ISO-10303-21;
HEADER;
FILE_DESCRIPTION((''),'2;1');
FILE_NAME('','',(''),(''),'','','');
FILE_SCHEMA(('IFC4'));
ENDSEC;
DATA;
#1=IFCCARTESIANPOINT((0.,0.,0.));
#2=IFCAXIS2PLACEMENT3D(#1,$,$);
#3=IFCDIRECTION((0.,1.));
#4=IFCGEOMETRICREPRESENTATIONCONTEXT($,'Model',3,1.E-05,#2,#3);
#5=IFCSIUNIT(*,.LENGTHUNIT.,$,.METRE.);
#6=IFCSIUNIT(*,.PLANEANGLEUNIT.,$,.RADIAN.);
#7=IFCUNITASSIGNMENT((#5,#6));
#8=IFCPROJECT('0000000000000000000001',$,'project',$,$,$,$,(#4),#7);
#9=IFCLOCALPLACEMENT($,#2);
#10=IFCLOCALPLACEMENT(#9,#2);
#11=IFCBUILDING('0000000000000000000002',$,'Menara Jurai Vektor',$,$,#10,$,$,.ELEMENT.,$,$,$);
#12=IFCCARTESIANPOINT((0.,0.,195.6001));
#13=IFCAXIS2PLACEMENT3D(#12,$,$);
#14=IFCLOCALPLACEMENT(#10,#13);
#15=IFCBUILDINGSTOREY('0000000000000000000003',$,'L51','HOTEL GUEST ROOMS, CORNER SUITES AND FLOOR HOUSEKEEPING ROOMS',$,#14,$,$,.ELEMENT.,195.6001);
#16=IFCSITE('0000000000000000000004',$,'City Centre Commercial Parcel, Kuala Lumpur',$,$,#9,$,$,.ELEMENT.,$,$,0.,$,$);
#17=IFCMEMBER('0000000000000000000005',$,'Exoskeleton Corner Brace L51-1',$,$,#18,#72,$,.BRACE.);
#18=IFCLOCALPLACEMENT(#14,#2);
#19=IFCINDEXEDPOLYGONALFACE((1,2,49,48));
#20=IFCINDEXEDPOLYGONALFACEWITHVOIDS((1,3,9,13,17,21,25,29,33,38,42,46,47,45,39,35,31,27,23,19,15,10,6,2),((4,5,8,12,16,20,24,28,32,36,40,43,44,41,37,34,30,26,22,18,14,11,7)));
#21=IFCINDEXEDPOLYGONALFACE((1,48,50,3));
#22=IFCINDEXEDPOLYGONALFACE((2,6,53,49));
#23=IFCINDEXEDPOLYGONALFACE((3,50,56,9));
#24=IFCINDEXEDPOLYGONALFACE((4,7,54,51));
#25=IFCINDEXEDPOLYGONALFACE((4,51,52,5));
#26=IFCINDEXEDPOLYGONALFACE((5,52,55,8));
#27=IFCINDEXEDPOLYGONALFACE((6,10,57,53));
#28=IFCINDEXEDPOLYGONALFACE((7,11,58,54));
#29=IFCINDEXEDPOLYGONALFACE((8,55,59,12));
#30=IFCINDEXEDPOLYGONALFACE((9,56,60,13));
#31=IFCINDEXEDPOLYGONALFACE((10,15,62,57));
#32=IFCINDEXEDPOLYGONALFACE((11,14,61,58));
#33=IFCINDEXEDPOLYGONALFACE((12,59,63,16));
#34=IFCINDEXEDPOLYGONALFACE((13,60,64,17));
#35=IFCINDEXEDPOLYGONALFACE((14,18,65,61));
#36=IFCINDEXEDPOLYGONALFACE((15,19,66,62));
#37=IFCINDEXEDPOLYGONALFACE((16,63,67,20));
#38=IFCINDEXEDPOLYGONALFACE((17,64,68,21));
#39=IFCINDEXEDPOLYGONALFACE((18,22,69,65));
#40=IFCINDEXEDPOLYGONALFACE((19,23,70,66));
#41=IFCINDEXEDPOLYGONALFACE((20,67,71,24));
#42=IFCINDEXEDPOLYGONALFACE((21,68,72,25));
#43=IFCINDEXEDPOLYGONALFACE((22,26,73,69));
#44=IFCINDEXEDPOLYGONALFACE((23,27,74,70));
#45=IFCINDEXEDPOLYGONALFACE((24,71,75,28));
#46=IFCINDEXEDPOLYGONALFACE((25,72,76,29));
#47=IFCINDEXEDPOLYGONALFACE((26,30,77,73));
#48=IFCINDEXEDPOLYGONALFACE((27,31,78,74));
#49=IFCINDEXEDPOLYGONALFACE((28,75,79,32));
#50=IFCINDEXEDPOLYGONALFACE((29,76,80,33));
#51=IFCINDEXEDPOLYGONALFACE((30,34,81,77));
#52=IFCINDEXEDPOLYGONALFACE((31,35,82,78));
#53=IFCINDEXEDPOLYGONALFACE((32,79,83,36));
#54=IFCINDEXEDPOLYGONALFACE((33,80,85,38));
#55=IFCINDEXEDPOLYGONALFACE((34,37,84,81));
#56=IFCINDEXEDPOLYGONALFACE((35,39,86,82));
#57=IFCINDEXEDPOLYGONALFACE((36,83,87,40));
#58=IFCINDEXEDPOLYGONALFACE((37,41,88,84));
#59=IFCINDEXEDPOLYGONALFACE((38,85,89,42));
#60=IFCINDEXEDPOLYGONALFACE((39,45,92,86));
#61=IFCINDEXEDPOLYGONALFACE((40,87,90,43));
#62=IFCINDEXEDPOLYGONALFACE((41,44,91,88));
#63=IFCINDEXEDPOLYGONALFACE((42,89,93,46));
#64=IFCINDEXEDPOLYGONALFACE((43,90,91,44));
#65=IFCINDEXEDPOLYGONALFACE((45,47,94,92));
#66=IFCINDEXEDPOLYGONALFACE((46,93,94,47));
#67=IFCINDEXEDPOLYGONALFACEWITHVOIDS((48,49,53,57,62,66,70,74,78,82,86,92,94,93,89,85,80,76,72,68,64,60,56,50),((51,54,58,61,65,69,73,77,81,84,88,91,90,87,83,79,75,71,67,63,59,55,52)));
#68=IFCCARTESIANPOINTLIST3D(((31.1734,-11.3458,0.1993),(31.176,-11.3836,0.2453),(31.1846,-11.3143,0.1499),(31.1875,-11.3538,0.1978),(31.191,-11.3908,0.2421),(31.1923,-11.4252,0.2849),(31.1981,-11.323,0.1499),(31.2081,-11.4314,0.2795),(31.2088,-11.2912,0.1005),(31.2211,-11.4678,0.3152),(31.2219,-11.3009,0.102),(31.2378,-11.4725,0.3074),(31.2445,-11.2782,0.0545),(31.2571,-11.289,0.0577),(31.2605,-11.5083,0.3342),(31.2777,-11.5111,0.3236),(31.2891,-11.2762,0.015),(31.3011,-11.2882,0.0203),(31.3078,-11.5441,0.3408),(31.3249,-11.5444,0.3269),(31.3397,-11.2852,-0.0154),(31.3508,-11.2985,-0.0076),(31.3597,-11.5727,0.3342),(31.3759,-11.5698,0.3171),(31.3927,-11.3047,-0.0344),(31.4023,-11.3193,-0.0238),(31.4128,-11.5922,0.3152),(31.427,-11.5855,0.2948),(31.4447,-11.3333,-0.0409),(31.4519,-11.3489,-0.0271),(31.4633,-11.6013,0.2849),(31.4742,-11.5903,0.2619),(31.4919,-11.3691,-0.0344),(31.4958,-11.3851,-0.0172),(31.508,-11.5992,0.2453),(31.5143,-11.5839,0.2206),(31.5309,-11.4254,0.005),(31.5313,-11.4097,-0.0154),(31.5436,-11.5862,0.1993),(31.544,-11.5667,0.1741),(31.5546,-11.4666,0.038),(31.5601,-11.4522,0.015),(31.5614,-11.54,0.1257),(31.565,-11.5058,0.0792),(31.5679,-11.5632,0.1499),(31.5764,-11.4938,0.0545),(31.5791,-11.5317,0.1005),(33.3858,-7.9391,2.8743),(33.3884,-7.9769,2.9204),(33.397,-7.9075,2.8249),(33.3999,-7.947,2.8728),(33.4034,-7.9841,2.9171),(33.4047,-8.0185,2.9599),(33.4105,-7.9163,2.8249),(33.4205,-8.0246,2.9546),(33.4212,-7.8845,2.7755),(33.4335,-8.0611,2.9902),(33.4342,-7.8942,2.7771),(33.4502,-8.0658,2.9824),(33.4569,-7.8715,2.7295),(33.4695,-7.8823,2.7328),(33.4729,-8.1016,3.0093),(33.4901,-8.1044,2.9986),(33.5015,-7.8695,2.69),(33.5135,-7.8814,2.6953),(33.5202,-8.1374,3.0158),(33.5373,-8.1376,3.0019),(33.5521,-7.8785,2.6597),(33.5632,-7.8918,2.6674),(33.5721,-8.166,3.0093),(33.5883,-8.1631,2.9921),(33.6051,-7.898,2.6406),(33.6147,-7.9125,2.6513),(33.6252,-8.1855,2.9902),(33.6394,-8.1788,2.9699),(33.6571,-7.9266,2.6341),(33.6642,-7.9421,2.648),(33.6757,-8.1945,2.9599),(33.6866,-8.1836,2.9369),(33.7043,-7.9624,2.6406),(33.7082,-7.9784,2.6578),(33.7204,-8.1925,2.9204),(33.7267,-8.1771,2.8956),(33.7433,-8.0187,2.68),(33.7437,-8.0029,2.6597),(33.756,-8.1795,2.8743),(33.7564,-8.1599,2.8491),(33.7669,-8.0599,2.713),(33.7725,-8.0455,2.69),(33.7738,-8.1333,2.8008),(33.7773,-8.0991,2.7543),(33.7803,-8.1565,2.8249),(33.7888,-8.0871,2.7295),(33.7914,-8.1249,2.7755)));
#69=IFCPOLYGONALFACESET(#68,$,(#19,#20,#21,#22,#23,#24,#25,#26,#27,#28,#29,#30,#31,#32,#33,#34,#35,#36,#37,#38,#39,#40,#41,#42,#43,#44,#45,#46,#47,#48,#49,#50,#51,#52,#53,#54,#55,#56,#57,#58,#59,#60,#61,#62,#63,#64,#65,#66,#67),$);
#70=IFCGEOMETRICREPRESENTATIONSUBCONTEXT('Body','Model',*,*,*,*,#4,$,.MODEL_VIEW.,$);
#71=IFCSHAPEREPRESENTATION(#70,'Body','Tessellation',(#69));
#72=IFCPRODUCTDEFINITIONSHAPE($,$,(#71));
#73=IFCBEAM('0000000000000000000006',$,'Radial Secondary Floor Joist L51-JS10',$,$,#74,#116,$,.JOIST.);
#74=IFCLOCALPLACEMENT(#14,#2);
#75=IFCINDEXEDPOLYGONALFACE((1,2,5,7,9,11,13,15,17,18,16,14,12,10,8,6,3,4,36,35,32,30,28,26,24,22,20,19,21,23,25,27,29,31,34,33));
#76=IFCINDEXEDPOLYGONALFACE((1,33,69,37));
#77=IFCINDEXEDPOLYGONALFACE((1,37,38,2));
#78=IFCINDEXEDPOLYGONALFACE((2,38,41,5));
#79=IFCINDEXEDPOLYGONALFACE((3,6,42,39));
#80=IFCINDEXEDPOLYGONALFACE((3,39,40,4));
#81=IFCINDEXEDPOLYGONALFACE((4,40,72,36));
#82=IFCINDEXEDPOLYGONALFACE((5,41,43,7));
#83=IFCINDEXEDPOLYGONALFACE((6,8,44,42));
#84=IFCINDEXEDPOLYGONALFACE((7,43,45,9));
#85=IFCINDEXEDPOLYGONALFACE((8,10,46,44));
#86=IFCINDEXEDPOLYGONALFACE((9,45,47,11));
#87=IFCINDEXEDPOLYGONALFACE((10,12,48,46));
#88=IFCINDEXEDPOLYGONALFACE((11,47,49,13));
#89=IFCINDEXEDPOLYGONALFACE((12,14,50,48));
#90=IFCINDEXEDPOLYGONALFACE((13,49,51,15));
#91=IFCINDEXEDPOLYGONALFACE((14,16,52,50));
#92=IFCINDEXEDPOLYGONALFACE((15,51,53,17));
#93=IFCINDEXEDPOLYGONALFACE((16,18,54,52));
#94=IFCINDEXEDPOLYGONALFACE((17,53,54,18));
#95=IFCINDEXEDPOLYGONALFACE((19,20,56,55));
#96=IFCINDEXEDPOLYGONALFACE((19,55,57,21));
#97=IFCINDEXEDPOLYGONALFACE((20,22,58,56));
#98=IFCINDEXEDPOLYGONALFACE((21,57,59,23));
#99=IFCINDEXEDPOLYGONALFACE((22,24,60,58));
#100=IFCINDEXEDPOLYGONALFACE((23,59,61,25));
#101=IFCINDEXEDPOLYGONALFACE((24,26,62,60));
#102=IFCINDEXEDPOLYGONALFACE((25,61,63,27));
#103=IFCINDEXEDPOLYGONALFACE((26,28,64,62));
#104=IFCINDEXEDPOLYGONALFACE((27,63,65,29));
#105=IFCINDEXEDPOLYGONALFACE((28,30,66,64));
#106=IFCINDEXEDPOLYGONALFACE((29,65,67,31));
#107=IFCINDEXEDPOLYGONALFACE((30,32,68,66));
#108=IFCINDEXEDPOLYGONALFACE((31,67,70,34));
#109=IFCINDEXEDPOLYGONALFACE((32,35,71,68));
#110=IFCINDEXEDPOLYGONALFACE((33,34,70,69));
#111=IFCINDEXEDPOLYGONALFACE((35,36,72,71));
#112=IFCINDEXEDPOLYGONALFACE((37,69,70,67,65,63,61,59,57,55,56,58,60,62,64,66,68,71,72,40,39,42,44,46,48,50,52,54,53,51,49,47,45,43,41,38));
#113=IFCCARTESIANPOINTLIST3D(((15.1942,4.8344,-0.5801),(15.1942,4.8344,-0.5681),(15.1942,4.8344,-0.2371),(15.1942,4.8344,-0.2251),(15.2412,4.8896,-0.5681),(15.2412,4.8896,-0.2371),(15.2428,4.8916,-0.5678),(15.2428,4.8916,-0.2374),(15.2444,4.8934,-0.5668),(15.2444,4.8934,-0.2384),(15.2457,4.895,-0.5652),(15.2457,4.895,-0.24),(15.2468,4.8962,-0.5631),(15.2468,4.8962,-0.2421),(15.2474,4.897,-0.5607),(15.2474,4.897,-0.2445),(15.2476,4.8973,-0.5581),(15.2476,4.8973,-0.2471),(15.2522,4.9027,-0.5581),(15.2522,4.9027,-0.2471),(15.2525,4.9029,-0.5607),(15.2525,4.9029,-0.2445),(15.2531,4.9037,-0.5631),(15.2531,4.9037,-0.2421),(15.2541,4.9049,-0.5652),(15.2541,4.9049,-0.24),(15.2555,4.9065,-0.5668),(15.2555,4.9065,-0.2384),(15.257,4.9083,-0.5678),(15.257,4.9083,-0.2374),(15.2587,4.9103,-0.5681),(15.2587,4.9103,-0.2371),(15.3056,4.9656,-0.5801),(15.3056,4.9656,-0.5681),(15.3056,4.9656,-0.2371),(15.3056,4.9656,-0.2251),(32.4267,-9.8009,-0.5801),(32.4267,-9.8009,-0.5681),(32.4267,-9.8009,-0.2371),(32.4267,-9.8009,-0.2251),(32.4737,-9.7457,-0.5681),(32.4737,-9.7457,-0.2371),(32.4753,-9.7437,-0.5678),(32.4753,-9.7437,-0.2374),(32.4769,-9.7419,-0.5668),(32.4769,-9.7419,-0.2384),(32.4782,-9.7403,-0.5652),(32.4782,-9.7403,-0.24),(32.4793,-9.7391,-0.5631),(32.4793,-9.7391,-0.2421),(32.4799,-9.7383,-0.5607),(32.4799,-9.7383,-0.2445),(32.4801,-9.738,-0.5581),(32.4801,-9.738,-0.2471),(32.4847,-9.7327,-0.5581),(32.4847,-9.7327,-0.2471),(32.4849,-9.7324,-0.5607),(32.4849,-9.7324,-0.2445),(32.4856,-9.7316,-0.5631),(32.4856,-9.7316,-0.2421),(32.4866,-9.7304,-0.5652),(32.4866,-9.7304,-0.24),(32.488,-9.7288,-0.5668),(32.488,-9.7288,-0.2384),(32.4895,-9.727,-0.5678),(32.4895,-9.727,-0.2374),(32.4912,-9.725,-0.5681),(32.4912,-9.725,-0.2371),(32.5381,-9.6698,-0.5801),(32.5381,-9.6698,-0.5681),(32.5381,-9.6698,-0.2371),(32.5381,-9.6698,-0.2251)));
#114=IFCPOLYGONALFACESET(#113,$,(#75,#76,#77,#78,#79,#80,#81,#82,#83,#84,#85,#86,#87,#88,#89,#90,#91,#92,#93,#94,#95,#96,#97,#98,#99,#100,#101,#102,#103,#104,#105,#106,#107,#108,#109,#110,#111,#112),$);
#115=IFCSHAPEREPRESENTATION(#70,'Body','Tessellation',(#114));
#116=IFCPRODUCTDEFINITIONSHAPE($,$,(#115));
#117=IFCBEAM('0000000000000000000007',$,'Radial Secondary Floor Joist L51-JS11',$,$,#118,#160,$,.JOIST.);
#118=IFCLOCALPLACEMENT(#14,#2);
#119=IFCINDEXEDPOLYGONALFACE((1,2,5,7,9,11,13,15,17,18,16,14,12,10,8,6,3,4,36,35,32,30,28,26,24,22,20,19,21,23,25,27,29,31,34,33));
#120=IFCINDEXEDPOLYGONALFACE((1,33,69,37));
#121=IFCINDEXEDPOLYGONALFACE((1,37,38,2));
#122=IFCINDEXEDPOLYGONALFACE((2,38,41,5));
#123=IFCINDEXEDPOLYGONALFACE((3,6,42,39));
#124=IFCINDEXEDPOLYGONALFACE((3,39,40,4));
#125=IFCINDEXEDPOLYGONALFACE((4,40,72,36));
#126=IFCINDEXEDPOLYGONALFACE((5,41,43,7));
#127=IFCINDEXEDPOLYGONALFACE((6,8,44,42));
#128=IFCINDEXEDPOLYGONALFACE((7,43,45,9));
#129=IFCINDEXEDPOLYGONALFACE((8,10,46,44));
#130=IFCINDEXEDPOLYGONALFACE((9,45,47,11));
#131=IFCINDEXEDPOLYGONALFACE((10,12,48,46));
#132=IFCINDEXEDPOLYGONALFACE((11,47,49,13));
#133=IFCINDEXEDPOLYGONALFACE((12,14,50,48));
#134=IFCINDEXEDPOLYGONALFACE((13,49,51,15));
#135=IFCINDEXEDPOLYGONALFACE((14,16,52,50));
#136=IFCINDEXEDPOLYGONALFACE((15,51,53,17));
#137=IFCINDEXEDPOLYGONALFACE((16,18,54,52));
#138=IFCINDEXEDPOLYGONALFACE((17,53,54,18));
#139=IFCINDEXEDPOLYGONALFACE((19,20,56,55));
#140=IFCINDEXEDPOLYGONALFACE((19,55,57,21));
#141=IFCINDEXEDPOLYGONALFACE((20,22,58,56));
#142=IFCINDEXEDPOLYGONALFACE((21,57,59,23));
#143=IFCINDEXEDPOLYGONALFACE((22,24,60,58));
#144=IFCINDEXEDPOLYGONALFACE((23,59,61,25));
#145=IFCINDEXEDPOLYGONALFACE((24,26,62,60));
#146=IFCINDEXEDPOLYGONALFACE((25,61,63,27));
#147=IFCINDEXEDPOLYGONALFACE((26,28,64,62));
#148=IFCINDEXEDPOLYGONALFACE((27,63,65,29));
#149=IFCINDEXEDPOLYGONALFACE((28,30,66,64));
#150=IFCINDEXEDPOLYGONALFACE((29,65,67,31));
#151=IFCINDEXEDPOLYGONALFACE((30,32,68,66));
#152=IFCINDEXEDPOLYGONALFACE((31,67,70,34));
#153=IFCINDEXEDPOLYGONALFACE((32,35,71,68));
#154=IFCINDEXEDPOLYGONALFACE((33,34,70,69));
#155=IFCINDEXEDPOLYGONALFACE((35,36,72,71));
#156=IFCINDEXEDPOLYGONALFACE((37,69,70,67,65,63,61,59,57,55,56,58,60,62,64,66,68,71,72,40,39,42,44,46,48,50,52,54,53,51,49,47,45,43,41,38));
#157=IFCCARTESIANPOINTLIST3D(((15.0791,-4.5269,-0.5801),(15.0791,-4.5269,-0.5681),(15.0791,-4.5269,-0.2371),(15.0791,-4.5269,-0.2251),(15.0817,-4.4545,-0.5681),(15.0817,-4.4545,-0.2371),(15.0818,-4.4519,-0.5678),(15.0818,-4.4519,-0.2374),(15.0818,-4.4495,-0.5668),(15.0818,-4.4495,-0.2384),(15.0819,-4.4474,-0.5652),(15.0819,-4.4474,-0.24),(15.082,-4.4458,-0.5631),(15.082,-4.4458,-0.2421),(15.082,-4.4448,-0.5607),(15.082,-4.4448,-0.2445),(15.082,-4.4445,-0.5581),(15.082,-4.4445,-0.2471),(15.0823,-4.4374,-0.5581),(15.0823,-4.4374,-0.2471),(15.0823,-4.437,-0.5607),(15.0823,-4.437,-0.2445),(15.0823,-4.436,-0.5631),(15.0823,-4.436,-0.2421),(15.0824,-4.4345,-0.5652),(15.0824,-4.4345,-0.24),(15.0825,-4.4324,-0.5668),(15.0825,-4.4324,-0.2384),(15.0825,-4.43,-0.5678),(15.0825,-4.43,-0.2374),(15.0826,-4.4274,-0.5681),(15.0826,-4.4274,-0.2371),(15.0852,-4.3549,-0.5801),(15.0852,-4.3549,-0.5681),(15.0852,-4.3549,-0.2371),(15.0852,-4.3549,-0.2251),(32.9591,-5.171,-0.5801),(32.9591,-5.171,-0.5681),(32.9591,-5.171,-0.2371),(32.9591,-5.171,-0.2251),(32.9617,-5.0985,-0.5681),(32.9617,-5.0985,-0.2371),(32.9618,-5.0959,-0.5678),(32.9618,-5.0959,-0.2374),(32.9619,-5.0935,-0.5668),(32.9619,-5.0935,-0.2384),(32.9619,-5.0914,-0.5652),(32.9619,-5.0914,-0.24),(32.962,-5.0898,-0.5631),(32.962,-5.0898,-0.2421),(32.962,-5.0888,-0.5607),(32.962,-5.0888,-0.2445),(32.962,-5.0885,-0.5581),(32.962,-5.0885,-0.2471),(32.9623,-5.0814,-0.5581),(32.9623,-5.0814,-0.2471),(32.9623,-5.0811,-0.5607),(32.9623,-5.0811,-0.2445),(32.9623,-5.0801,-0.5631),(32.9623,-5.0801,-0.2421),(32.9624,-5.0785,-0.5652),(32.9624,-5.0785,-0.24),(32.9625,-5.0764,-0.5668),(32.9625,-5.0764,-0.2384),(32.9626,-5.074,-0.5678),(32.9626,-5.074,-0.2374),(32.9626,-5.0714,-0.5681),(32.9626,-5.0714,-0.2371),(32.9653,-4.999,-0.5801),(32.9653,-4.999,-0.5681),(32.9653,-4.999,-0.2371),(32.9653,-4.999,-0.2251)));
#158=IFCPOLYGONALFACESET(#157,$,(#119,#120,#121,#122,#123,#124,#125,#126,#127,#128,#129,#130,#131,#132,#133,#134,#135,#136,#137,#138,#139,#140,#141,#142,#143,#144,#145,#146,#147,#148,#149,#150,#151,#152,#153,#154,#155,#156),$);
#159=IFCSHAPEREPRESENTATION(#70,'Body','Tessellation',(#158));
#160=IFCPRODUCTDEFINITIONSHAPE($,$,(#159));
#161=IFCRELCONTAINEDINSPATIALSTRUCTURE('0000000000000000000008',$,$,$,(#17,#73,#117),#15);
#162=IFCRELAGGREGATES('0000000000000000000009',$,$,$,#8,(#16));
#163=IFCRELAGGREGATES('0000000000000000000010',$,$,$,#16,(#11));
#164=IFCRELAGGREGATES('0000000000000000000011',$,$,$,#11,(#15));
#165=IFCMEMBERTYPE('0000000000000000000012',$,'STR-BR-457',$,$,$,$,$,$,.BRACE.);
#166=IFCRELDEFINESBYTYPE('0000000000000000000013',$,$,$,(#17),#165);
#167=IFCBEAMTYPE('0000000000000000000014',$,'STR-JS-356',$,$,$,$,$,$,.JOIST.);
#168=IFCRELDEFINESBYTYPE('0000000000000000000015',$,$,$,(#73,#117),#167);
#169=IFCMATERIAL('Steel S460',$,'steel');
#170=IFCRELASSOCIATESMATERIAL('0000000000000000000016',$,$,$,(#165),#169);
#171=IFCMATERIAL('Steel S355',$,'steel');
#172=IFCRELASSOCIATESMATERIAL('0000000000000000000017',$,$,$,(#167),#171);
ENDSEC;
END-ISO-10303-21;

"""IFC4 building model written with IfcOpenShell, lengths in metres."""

from ifc_helpers import new_model, si_unit, direction, frame, origin, origin_2d, place, context, subcontext, project, spatial, hollow_circle, i_section, extrude, material, material_profile, profile_set, type_object, element, save


model = new_model("IFC4")

# Units and contexts
model_context = context("Model", 3, precision=1e-05, world=origin(), true_north=direction((0.0, 1.0)))
body_context = subcontext(model_context, "Body", "Model", "MODEL_VIEW")
ifc_project = project(units=[si_unit("LENGTHUNIT", "METRE"), si_unit("PLANEANGLEUNIT", "RADIAN")], contexts=[model_context])

# Site, building, storey
site_placement = place(None, origin())
site = spatial("IfcSite", under=ifc_project, at=site_placement, Name="City Centre Commercial Parcel, Kuala Lumpur", CompositionType="ELEMENT", RefElevation=0.0)
building_placement = place(site_placement, origin())
building = spatial("IfcBuilding", under=site, at=building_placement, Name="Menara Jurai Vektor", CompositionType="ELEMENT")
storey_placement = place(building_placement, frame((0.0, 0.0, 195.6001)))
storey = spatial("IfcBuildingStorey", under=building, at=storey_placement, Name="L51", Description="HOTEL GUEST ROOMS, CORNER SUITES AND FLOOR HOUSEKEEPING ROOMS", CompositionType="ELEMENT", Elevation=195.6001)

# Shared definitions
ifc_material_1 = material(Name="Steel S460", Category="steel")

# Shared definitions
ifc_material_2 = material(Name="Steel S355", Category="steel")

# Member
ifc_material_profile_1 = material_profile(ifc_material_1, hollow_circle(Radius=0.2285, WallThickness=0.0161, at=origin_2d()), Name="CHS 457x16")
ifc_profile_set_1 = profile_set([ifc_material_profile_1], Name="Steel S460")
member_type_1 = type_object("IfcMemberType", Name="STR-BR-457", PredefinedType="BRACE", material=ifc_profile_set_1)
member_1_placement = place(storey_placement, frame((31.3762, -11.4387, 0.1499), z_axis=(0.454872, 0.700428, 0.549992), x_axis=(-0.838666, 0.544646, 0.0)))
element("IfcMember", 1, at=member_1_placement, inside=storey, type_object=member_type_1, Name="Exoskeleton Corner Brace L51-1", PredefinedType="BRACE", context=body_context, shape_type="SweptSolid", body=[
    extrude(hollow_circle(Radius=0.2285, WallThickness=0.0161, at=origin_2d()), origin(), (0.0, 0.0, 1.0), 4.8638),
])

# Beams
ifc_material_profile_2 = material_profile(ifc_material_2, i_section(OverallWidth=0.1721, OverallDepth=0.355, WebThickness=0.0071, FlangeThickness=0.012, FilletRadius=0.01, at=origin_2d()), Name="UKB 356x171x51")
ifc_profile_set_2 = profile_set([ifc_material_profile_2], Name="Steel S355")
beam_type_1 = type_object("IfcBeamType", Name="STR-JS-356", PredefinedType="JOIST", material=ifc_profile_set_2)
beam_1_placement = place(storey_placement, frame((32.4824, -9.7354, -0.4026), z_axis=(-0.762208, 0.647332, 0.0), x_axis=(-0.647332, -0.762208, 0.0)))
element("IfcBeam", 2, at=beam_1_placement, inside=storey, type_object=beam_type_1, Name="Radial Secondary Floor Joist L51-JS10", PredefinedType="JOIST", context=body_context, shape_type="SweptSolid", body=[
    extrude(i_section(OverallWidth=0.1721, OverallDepth=0.355, WebThickness=0.0071, FlangeThickness=0.012, FilletRadius=0.01, at=origin_2d()), origin(), (0.0, 0.0, 1.0), 22.6086),
])
beam_2_placement = place(storey_placement, frame((32.9622, -5.085, -0.4026), z_axis=(-0.999352, 0.035997, 0.0), x_axis=(-0.035997, -0.999352, 0.0)))
element("IfcBeam", 3, at=beam_2_placement, inside=storey, type_object=beam_type_1, Name="Radial Secondary Floor Joist L51-JS11", PredefinedType="JOIST", context=body_context, shape_type="SweptSolid", body=[
    extrude(i_section(OverallWidth=0.1721, OverallDepth=0.355, WebThickness=0.0071, FlangeThickness=0.012, FilletRadius=0.01, at=origin_2d()), origin(), (0.0, 0.0, 1.0), 17.8916),
])

save(model, "model.ifc")
